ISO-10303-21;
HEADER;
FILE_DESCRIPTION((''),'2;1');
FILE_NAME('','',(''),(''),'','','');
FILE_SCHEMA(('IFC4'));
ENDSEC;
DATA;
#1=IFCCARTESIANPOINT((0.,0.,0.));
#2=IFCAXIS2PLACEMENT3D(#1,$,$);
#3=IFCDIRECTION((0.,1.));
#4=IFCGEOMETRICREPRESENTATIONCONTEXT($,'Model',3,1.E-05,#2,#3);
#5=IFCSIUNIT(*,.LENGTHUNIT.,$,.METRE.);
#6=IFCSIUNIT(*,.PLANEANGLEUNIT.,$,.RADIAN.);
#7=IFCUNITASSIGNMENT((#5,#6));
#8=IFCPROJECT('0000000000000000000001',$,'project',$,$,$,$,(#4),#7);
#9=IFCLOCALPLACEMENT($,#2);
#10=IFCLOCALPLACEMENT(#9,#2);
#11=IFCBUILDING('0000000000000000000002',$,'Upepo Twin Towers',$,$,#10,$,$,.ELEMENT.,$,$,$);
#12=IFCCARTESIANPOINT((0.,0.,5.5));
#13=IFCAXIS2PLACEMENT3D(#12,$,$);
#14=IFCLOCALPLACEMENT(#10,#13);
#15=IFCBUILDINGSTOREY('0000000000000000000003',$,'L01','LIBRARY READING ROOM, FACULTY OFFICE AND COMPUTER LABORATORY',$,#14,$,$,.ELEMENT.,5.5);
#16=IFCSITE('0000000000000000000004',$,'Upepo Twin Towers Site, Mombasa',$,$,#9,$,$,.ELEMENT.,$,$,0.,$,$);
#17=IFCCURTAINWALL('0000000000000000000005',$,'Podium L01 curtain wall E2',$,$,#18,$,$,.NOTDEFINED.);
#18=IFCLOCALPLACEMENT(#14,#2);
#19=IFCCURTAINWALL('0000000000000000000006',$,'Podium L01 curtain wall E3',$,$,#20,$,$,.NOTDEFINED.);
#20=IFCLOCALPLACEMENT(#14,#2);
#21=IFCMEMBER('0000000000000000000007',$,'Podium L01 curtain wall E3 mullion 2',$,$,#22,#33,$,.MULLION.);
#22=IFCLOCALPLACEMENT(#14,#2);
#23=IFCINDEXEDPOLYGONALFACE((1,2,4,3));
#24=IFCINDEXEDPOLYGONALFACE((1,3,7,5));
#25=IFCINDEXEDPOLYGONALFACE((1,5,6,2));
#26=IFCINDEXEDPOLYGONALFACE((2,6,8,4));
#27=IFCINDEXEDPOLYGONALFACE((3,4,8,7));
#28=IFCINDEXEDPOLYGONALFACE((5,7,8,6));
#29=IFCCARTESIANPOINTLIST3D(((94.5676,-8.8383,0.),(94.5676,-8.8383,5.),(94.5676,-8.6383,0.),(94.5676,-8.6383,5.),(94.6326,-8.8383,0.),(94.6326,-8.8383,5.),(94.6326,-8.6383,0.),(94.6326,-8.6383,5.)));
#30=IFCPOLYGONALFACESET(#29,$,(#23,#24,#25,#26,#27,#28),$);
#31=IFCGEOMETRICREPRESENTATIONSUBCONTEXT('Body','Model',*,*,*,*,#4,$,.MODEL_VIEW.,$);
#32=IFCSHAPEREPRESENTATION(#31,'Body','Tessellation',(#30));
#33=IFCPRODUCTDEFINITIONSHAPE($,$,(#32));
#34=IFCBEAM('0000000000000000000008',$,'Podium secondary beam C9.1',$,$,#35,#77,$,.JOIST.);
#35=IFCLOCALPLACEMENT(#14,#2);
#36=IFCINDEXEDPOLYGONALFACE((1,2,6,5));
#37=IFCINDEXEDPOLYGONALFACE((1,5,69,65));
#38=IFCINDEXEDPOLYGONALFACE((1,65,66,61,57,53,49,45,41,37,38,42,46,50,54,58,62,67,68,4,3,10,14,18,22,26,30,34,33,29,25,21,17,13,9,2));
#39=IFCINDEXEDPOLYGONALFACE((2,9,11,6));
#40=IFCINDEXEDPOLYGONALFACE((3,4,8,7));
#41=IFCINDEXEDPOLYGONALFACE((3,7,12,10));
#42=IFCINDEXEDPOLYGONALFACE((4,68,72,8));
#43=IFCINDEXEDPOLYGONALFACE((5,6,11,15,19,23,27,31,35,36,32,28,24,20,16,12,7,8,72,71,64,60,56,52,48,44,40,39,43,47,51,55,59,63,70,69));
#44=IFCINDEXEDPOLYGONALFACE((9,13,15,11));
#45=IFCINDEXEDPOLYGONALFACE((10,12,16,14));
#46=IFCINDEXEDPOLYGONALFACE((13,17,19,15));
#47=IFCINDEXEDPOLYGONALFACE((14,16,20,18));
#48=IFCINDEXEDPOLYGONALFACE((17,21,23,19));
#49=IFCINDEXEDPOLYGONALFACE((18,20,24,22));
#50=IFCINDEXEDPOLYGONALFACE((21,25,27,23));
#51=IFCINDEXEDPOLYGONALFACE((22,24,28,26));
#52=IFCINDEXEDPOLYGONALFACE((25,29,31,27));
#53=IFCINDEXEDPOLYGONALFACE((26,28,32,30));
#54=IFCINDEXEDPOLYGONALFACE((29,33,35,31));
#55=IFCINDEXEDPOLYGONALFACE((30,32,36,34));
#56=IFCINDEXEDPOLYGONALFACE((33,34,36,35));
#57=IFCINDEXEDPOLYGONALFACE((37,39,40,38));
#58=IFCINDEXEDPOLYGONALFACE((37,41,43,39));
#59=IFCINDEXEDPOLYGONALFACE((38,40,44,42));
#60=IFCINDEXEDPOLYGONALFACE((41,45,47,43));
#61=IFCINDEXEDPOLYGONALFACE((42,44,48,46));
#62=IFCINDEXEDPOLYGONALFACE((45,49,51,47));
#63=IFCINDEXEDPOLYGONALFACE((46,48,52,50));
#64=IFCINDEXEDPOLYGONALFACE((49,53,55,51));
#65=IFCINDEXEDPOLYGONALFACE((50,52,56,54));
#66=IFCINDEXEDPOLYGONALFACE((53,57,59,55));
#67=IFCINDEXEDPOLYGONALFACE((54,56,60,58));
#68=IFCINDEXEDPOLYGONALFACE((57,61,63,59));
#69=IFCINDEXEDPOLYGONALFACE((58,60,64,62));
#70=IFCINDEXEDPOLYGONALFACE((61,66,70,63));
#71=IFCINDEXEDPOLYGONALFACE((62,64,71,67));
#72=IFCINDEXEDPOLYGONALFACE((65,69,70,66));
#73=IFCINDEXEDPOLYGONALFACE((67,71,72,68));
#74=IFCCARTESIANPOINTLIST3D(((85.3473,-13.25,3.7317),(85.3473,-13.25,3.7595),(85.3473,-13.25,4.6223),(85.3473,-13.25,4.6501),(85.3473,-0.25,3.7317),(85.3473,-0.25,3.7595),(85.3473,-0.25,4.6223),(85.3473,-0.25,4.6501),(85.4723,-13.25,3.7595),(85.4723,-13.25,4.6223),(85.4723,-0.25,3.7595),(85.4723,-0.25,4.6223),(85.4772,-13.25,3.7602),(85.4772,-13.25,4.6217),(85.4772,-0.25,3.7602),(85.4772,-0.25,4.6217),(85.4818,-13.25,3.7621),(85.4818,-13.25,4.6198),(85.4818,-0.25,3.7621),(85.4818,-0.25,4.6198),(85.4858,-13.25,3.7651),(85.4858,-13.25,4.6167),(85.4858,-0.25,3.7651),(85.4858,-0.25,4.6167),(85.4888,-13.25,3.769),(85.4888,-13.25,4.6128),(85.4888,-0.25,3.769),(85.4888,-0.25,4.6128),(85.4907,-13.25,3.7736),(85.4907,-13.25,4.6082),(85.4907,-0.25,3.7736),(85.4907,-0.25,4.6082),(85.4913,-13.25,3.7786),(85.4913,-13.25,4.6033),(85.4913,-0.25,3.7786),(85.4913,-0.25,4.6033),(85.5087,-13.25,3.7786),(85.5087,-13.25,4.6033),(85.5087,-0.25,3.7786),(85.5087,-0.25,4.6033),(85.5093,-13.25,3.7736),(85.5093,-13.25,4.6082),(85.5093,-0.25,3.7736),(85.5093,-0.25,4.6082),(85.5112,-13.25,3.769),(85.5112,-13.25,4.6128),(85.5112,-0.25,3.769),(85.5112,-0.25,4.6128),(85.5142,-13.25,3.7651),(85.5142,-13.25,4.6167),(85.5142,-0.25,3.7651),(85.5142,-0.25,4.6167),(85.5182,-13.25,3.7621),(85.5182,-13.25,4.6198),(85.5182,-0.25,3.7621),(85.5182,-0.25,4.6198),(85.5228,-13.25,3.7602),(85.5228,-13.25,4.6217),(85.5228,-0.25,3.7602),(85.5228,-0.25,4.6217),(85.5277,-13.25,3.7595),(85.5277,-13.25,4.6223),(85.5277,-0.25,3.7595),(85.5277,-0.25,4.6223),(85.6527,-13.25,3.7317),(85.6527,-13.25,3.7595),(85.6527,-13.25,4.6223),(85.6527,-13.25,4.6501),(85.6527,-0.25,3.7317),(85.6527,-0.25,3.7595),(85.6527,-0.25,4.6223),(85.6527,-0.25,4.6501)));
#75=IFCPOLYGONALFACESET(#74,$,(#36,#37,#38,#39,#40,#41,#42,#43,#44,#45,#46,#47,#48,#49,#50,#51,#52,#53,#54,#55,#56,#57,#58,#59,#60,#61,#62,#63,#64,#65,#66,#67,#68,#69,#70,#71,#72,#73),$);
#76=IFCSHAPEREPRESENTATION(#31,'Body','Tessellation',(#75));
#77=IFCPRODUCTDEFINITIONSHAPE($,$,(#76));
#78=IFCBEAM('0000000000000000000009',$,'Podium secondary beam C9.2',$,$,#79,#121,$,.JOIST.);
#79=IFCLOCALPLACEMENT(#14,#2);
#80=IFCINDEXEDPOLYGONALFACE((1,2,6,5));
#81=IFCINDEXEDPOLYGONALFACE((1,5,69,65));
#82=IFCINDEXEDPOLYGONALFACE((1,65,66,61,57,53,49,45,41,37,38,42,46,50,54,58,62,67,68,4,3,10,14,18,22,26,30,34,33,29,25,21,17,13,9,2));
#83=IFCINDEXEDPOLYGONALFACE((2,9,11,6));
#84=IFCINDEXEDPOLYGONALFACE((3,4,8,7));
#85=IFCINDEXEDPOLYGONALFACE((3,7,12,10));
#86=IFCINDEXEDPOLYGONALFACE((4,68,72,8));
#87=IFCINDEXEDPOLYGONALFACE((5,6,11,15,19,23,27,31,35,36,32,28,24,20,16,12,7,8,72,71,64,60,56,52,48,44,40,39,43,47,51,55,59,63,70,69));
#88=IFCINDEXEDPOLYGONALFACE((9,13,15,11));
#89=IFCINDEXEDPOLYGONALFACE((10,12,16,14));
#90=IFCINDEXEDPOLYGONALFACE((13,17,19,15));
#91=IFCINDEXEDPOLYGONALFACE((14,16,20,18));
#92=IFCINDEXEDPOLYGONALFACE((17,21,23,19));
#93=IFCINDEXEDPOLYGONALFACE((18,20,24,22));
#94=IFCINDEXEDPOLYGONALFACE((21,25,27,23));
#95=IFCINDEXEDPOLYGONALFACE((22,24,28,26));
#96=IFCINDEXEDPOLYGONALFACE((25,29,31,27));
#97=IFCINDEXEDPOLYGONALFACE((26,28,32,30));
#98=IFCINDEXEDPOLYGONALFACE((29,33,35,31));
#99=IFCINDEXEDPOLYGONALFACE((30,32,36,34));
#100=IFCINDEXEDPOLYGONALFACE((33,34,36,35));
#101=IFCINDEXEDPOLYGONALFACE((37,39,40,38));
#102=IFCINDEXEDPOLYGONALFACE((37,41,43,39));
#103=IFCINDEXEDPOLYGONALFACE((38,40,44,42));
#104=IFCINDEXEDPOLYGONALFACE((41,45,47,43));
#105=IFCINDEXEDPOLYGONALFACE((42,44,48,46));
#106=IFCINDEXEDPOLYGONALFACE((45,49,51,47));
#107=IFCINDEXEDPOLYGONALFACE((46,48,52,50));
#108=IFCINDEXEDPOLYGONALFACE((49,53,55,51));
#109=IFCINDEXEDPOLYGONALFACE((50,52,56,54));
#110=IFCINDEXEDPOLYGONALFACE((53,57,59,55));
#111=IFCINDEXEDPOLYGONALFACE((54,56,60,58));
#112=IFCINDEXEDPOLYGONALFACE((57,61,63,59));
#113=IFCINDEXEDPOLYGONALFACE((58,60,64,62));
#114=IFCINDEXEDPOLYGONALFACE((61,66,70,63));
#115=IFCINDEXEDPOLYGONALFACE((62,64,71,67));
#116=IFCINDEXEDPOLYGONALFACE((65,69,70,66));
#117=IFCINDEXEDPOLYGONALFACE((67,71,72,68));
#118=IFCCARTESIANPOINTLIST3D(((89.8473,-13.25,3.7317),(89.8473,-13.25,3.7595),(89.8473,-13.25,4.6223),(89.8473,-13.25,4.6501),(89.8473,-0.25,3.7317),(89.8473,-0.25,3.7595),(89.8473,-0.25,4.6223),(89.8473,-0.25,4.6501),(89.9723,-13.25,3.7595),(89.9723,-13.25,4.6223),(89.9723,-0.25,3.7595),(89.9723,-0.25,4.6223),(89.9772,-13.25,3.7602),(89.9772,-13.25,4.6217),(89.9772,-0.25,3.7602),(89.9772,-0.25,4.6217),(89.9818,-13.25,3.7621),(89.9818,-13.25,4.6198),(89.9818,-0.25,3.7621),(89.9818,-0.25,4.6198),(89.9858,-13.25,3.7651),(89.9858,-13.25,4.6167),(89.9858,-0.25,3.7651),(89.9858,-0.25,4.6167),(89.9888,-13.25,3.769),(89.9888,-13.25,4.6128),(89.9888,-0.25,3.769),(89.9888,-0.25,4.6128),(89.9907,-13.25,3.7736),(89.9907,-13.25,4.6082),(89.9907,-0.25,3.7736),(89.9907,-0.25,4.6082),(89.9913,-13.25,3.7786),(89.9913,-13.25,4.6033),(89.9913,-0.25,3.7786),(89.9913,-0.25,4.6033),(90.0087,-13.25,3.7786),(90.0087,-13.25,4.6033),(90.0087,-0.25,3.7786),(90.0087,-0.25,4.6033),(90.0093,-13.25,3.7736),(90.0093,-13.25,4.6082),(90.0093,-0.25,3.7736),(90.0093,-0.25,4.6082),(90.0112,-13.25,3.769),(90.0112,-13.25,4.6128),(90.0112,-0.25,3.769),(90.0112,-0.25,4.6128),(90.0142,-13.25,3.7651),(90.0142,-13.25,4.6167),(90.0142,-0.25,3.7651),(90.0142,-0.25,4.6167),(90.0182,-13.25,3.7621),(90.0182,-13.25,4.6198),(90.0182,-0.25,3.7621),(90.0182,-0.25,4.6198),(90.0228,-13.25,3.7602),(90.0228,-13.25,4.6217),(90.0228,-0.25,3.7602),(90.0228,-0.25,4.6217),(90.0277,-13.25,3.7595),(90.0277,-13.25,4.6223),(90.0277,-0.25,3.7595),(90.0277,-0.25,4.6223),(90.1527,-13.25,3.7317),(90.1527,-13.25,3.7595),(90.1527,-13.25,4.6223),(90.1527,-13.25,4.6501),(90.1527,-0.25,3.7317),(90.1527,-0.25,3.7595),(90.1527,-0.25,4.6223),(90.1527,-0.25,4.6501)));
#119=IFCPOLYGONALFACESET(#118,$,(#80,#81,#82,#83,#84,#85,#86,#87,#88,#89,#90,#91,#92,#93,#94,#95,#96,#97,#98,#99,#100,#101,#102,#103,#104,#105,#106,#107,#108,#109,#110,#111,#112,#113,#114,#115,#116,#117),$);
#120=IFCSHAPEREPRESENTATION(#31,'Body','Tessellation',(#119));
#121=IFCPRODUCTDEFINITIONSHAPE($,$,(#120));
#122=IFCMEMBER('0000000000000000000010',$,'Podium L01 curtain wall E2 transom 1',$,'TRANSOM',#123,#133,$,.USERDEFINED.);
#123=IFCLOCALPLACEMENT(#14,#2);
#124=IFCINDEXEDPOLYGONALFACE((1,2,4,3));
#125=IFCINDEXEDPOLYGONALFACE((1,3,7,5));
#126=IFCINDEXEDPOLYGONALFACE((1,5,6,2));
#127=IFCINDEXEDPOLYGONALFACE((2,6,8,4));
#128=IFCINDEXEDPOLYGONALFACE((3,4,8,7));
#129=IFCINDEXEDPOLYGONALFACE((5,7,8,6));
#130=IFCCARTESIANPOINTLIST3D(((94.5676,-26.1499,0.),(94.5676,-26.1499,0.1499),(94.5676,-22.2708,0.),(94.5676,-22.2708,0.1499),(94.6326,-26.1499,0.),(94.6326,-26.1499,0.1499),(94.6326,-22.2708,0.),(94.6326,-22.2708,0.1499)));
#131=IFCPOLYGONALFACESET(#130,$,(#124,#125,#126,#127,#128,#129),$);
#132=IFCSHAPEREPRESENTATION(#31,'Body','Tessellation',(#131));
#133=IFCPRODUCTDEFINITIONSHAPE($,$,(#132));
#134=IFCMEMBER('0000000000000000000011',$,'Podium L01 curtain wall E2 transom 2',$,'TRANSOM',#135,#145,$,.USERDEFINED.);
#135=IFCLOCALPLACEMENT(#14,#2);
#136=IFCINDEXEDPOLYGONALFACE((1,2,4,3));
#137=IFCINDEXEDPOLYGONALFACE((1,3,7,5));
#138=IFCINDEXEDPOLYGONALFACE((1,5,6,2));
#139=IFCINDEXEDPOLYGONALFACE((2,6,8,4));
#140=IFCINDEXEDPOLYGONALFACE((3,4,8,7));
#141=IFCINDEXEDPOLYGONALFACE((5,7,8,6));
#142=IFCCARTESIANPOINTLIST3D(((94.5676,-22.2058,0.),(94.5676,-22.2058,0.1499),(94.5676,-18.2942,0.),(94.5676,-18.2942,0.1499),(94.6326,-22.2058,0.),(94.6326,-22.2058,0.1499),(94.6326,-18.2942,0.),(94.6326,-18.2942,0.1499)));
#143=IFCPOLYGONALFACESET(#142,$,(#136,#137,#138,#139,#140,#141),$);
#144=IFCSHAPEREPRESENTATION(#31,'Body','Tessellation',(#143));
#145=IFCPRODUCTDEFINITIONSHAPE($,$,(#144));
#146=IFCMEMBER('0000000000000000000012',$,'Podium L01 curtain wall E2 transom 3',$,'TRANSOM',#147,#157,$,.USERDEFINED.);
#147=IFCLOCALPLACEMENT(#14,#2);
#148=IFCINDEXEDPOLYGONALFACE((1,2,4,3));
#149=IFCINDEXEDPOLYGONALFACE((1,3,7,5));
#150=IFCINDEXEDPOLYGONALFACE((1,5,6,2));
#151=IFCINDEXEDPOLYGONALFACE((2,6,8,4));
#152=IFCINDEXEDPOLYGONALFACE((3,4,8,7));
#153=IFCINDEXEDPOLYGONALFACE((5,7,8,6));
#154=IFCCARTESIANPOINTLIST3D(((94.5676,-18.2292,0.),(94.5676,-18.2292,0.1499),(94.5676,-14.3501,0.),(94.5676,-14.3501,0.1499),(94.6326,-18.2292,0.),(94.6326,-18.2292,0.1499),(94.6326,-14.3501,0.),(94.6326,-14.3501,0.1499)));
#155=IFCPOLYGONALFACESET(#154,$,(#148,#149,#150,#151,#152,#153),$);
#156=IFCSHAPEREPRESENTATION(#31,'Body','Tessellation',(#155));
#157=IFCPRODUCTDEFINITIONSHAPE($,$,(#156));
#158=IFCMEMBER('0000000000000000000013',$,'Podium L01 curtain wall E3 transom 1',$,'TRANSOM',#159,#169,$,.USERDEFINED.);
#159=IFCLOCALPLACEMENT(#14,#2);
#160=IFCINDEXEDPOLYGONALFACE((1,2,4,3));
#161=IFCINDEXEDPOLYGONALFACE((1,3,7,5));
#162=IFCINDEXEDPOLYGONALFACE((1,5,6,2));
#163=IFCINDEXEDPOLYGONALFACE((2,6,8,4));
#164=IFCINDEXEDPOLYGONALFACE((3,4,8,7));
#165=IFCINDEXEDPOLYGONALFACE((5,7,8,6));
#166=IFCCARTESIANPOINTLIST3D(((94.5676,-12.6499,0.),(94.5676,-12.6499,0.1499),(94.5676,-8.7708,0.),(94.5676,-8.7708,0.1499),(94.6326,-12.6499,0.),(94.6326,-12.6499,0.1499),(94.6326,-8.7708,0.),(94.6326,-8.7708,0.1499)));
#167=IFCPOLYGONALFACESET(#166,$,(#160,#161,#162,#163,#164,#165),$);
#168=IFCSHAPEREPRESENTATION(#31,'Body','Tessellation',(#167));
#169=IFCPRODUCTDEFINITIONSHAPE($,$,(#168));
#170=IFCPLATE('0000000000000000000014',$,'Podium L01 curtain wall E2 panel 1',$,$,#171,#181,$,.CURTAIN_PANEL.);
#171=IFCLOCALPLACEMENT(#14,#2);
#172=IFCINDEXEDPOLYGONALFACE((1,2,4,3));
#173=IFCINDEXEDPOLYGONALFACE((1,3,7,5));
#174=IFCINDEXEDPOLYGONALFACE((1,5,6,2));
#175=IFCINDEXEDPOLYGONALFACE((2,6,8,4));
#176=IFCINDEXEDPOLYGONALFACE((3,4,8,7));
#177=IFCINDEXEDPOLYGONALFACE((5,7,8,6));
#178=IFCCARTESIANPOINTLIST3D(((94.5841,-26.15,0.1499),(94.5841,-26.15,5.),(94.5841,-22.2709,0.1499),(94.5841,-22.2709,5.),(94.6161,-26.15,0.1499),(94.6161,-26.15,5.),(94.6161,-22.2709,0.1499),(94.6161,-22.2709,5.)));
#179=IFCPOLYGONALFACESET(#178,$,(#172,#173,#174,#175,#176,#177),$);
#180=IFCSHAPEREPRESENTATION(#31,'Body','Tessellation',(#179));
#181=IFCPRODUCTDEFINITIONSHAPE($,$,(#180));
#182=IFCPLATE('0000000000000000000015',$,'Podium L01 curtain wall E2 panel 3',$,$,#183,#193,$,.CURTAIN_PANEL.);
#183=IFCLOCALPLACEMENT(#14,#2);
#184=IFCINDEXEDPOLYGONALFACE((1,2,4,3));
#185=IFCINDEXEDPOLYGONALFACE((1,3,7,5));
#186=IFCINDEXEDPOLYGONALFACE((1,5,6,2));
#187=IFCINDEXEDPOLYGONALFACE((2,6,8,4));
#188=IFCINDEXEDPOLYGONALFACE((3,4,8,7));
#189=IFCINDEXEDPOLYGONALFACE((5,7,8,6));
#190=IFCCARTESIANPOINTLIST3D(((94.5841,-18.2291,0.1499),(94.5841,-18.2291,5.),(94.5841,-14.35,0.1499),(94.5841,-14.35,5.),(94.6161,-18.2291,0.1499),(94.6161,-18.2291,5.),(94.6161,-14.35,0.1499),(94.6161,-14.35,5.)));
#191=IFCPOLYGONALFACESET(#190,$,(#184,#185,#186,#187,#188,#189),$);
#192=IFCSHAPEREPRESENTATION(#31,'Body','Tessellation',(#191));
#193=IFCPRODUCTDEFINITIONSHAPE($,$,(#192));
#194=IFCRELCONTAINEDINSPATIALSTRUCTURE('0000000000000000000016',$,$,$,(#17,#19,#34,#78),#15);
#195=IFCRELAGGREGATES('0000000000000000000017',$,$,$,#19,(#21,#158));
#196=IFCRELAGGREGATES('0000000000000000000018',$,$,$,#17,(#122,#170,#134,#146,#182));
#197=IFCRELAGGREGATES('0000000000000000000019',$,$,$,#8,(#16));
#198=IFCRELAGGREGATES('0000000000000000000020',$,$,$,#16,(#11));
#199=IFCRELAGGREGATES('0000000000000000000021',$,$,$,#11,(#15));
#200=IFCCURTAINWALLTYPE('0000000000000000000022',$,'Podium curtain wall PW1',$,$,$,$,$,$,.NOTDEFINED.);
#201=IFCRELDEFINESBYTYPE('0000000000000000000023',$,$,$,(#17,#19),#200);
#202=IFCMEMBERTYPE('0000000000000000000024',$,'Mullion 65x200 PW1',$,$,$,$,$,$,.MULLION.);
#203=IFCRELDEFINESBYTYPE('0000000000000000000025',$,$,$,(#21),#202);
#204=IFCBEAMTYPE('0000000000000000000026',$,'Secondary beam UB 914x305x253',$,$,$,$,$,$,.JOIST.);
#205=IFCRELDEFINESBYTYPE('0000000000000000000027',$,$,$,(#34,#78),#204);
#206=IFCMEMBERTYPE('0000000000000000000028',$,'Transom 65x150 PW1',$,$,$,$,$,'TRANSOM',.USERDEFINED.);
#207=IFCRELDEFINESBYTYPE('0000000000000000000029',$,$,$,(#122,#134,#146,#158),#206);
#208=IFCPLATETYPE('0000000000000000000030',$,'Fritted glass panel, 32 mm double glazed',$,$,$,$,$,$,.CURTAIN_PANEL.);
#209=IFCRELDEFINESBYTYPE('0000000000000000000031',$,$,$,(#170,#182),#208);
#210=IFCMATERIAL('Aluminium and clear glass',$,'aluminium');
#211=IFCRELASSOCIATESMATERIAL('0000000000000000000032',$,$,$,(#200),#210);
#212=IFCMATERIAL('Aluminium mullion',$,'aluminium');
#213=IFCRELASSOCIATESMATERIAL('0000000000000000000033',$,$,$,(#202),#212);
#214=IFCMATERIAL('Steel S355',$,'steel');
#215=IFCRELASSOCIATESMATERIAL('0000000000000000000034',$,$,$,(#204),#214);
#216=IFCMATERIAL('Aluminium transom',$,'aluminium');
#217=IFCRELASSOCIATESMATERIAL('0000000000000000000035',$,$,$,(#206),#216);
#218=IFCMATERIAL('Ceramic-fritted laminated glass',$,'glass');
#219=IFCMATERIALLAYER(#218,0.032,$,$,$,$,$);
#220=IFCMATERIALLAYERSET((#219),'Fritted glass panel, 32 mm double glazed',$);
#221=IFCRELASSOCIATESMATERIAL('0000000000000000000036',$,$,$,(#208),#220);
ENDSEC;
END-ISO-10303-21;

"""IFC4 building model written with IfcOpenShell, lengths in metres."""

from ifc_helpers import new_model, si_unit, direction, frame, origin, origin_2d, place, context, subcontext, project, spatial, rectangle, i_section, extrude, material, layer, layer_set, material_profile, profile_set, type_object, element, aggregate, save


model = new_model("IFC4")

# Units and contexts
model_context = context("Model", 3, precision=1e-05, world=origin(), true_north=direction((0.0, 1.0)))
body_context = subcontext(model_context, "Body", "Model", "MODEL_VIEW")
ifc_project = project(units=[si_unit("LENGTHUNIT", "METRE"), si_unit("PLANEANGLEUNIT", "RADIAN")], contexts=[model_context])

# Site, building, storey
site_placement = place(None, origin())
site = spatial("IfcSite", under=ifc_project, at=site_placement, Name="Upepo Twin Towers Site, Mombasa", CompositionType="ELEMENT", RefElevation=0.0)
building_placement = place(site_placement, origin())
building = spatial("IfcBuilding", under=site, at=building_placement, Name="Upepo Twin Towers", CompositionType="ELEMENT")
storey_placement = place(building_placement, frame((0.0, 0.0, 5.5)))
storey = spatial("IfcBuildingStorey", under=building, at=storey_placement, Name="L01", Description="LIBRARY READING ROOM, FACULTY OFFICE AND COMPUTER LABORATORY", CompositionType="ELEMENT", Elevation=5.5)

# Shared definitions
ifc_material_1 = material(Name="Aluminium and clear glass", Category="aluminium")
curtain_wall_type = type_object("IfcCurtainWallType", Name="Podium curtain wall PW1", PredefinedType="NOTDEFINED", material=ifc_material_1)
ifc_material_2 = material(Name="Aluminium mullion", Category="aluminium")
ifc_material_profile_1 = material_profile(ifc_material_2, rectangle(XDim=0.0649, YDim=0.2, at=origin_2d()), Name="MULLION 65x200 PODIUM")
ifc_profile_set_1 = profile_set([ifc_material_profile_1], Name="Aluminium mullion")
member_type_1 = type_object("IfcMemberType", Name="Mullion 65x200 PW1", PredefinedType="MULLION", material=ifc_profile_set_1)

# Curtain walls, member
curtain_wall_1_placement = place(storey_placement, origin())
curtain_wall_1 = element("IfcCurtainWall", 1, at=curtain_wall_1_placement, inside=storey, type_object=curtain_wall_type, Name="Podium L01 curtain wall E2", PredefinedType="NOTDEFINED")
curtain_wall_2_placement = place(storey_placement, origin())
curtain_wall_2 = element("IfcCurtainWall", 2, at=curtain_wall_2_placement, inside=storey, type_object=curtain_wall_type, Name="Podium L01 curtain wall E3", PredefinedType="NOTDEFINED")
member_1_placement = place(storey_placement, frame((94.6001, -8.7383, 0.0), z_axis=(0.0, 0.0, 1.0), x_axis=(-1.0, 0.0, 0.0)))
member_1 = element("IfcMember", 3, at=member_1_placement, type_object=member_type_1, Name="Podium L01 curtain wall E3 mullion 2", PredefinedType="MULLION", context=body_context, shape_type="SweptSolid", body=[
    extrude(rectangle(XDim=0.0649, YDim=0.2, at=origin_2d()), origin(), (0.0, 0.0, 1.0), 5.0),
])

# Beams
ifc_material_3 = material(Name="Steel S355", Category="steel")
ifc_material_profile_2 = material_profile(ifc_material_3, i_section(OverallWidth=0.3054, OverallDepth=0.9185, WebThickness=0.0173, FlangeThickness=0.0278, FilletRadius=0.019, at=origin_2d()), Name="UB 914x305x253")
ifc_profile_set_2 = profile_set([ifc_material_profile_2], Name="Steel S355")
beam_type_1 = type_object("IfcBeamType", Name="Secondary beam UB 914x305x253", PredefinedType="JOIST", material=ifc_profile_set_2)
for number, where, z_axis, x_axis, name in (
    (4, (85.5, -13.25, 4.1909), (0.0, 1.0, 0.0), (-1.0, 0.0, 0.0), "Podium secondary beam C9.1"),
    (5, (90.0, -13.25, 4.1909), (0.0, 1.0, 0.0), (-1.0, 0.0, 0.0), "Podium secondary beam C9.2"),
):
    element("IfcBeam", number, at=place(storey_placement, frame(where, z_axis=z_axis, x_axis=x_axis)), inside=storey, type_object=beam_type_1, Name=name, PredefinedType="JOIST", context=body_context, shape_type="SweptSolid", body=[
        extrude(i_section(OverallWidth=0.3054, OverallDepth=0.9185, WebThickness=0.0173, FlangeThickness=0.0278, FilletRadius=0.019, at=origin_2d()), origin(), (0.0, 0.0, 1.0), 13.0),
    ])

# Members
ifc_material_4 = material(Name="Aluminium transom", Category="aluminium")
ifc_material_profile_3 = material_profile(ifc_material_4, rectangle(XDim=0.0649, YDim=0.1499, at=origin_2d()), Name="TRANSOM 65x150 PODIUM")
ifc_profile_set_3 = profile_set([ifc_material_profile_3], Name="Aluminium transom")
member_type_2 = type_object("IfcMemberType", Name="Transom 65x150 PW1", ElementType="TRANSOM", PredefinedType="USERDEFINED", material=ifc_profile_set_3)
member_2_placement = place(storey_placement, frame((94.6001, -26.1499, 0.075), z_axis=(0.0, 1.0, 0.0), x_axis=(-1.0, 0.0, 0.0)))
member_2 = element("IfcMember", 6, at=member_2_placement, type_object=member_type_2, Name="Podium L01 curtain wall E2 transom 1", ObjectType="TRANSOM", PredefinedType="USERDEFINED", context=body_context, shape_type="SweptSolid", body=[
    extrude(rectangle(XDim=0.0649, YDim=0.1499, at=origin_2d()), origin(), (0.0, 0.0, 1.0), 3.8792),
])
member_3_placement = place(storey_placement, frame((94.6001, -22.2058, 0.075), z_axis=(0.0, 1.0, 0.0), x_axis=(-1.0, 0.0, 0.0)))
member_3 = element("IfcMember", 7, at=member_3_placement, type_object=member_type_2, Name="Podium L01 curtain wall E2 transom 2", ObjectType="TRANSOM", PredefinedType="USERDEFINED", context=body_context, shape_type="SweptSolid", body=[
    extrude(rectangle(XDim=0.0649, YDim=0.1499, at=origin_2d()), origin(), (0.0, 0.0, 1.0), 3.9116),
])
member_4_placement = place(storey_placement, frame((94.6001, -18.2292, 0.075), z_axis=(0.0, 1.0, 0.0), x_axis=(-1.0, 0.0, 0.0)))
member_4 = element("IfcMember", 8, at=member_4_placement, type_object=member_type_2, Name="Podium L01 curtain wall E2 transom 3", ObjectType="TRANSOM", PredefinedType="USERDEFINED", context=body_context, shape_type="SweptSolid", body=[
    extrude(rectangle(XDim=0.0649, YDim=0.1499, at=origin_2d()), origin(), (0.0, 0.0, 1.0), 3.8792),
])
member_5_placement = place(storey_placement, frame((94.6001, -12.6499, 0.075), z_axis=(0.0, 1.0, 0.0), x_axis=(-1.0, 0.0, 0.0)))
member_5 = element("IfcMember", 9, at=member_5_placement, type_object=member_type_2, Name="Podium L01 curtain wall E3 transom 1", ObjectType="TRANSOM", PredefinedType="USERDEFINED", context=body_context, shape_type="SweptSolid", body=[
    extrude(rectangle(XDim=0.0649, YDim=0.1499, at=origin_2d()), origin(), (0.0, 0.0, 1.0), 3.8792),
])

# Plates
ifc_material_5 = material(Name="Ceramic-fritted laminated glass", Category="glass")
ifc_layer_1 = layer(ifc_material_5, 0.032)
ifc_layer_set_1 = layer_set([ifc_layer_1], Name="Fritted glass panel, 32 mm double glazed")
plate_type_1 = type_object("IfcPlateType", Name="Fritted glass panel, 32 mm double glazed", PredefinedType="CURTAIN_PANEL", material=ifc_layer_set_1)
plate_1_placement = place(storey_placement, frame((94.6001, -24.2104, 0.1499), z_axis=(0.0, 0.0, 1.0), x_axis=(0.0, 1.0, 0.0)))
plate_1 = element("IfcPlate", 10, at=plate_1_placement, type_object=plate_type_1, Name="Podium L01 curtain wall E2 panel 1", PredefinedType="CURTAIN_PANEL", context=body_context, shape_type="SweptSolid", body=[
    extrude(rectangle(XDim=3.8792, YDim=0.032, at=origin_2d()), origin(), (0.0, 0.0, 1.0), 4.8501),
])
plate_2_placement = place(storey_placement, frame((94.6001, -16.2896, 0.1499), z_axis=(0.0, 0.0, 1.0), x_axis=(0.0, 1.0, 0.0)))
plate_2 = element("IfcPlate", 11, at=plate_2_placement, type_object=plate_type_1, Name="Podium L01 curtain wall E2 panel 3", PredefinedType="CURTAIN_PANEL", context=body_context, shape_type="SweptSolid", body=[
    extrude(rectangle(XDim=3.8792, YDim=0.032, at=origin_2d()), origin(), (0.0, 0.0, 1.0), 4.8501),
])
aggregate(curtain_wall_2, [member_1, member_5])
aggregate(curtain_wall_1, [member_2, plate_1, member_3, member_4, plate_2])

save(model, "model.ifc")
